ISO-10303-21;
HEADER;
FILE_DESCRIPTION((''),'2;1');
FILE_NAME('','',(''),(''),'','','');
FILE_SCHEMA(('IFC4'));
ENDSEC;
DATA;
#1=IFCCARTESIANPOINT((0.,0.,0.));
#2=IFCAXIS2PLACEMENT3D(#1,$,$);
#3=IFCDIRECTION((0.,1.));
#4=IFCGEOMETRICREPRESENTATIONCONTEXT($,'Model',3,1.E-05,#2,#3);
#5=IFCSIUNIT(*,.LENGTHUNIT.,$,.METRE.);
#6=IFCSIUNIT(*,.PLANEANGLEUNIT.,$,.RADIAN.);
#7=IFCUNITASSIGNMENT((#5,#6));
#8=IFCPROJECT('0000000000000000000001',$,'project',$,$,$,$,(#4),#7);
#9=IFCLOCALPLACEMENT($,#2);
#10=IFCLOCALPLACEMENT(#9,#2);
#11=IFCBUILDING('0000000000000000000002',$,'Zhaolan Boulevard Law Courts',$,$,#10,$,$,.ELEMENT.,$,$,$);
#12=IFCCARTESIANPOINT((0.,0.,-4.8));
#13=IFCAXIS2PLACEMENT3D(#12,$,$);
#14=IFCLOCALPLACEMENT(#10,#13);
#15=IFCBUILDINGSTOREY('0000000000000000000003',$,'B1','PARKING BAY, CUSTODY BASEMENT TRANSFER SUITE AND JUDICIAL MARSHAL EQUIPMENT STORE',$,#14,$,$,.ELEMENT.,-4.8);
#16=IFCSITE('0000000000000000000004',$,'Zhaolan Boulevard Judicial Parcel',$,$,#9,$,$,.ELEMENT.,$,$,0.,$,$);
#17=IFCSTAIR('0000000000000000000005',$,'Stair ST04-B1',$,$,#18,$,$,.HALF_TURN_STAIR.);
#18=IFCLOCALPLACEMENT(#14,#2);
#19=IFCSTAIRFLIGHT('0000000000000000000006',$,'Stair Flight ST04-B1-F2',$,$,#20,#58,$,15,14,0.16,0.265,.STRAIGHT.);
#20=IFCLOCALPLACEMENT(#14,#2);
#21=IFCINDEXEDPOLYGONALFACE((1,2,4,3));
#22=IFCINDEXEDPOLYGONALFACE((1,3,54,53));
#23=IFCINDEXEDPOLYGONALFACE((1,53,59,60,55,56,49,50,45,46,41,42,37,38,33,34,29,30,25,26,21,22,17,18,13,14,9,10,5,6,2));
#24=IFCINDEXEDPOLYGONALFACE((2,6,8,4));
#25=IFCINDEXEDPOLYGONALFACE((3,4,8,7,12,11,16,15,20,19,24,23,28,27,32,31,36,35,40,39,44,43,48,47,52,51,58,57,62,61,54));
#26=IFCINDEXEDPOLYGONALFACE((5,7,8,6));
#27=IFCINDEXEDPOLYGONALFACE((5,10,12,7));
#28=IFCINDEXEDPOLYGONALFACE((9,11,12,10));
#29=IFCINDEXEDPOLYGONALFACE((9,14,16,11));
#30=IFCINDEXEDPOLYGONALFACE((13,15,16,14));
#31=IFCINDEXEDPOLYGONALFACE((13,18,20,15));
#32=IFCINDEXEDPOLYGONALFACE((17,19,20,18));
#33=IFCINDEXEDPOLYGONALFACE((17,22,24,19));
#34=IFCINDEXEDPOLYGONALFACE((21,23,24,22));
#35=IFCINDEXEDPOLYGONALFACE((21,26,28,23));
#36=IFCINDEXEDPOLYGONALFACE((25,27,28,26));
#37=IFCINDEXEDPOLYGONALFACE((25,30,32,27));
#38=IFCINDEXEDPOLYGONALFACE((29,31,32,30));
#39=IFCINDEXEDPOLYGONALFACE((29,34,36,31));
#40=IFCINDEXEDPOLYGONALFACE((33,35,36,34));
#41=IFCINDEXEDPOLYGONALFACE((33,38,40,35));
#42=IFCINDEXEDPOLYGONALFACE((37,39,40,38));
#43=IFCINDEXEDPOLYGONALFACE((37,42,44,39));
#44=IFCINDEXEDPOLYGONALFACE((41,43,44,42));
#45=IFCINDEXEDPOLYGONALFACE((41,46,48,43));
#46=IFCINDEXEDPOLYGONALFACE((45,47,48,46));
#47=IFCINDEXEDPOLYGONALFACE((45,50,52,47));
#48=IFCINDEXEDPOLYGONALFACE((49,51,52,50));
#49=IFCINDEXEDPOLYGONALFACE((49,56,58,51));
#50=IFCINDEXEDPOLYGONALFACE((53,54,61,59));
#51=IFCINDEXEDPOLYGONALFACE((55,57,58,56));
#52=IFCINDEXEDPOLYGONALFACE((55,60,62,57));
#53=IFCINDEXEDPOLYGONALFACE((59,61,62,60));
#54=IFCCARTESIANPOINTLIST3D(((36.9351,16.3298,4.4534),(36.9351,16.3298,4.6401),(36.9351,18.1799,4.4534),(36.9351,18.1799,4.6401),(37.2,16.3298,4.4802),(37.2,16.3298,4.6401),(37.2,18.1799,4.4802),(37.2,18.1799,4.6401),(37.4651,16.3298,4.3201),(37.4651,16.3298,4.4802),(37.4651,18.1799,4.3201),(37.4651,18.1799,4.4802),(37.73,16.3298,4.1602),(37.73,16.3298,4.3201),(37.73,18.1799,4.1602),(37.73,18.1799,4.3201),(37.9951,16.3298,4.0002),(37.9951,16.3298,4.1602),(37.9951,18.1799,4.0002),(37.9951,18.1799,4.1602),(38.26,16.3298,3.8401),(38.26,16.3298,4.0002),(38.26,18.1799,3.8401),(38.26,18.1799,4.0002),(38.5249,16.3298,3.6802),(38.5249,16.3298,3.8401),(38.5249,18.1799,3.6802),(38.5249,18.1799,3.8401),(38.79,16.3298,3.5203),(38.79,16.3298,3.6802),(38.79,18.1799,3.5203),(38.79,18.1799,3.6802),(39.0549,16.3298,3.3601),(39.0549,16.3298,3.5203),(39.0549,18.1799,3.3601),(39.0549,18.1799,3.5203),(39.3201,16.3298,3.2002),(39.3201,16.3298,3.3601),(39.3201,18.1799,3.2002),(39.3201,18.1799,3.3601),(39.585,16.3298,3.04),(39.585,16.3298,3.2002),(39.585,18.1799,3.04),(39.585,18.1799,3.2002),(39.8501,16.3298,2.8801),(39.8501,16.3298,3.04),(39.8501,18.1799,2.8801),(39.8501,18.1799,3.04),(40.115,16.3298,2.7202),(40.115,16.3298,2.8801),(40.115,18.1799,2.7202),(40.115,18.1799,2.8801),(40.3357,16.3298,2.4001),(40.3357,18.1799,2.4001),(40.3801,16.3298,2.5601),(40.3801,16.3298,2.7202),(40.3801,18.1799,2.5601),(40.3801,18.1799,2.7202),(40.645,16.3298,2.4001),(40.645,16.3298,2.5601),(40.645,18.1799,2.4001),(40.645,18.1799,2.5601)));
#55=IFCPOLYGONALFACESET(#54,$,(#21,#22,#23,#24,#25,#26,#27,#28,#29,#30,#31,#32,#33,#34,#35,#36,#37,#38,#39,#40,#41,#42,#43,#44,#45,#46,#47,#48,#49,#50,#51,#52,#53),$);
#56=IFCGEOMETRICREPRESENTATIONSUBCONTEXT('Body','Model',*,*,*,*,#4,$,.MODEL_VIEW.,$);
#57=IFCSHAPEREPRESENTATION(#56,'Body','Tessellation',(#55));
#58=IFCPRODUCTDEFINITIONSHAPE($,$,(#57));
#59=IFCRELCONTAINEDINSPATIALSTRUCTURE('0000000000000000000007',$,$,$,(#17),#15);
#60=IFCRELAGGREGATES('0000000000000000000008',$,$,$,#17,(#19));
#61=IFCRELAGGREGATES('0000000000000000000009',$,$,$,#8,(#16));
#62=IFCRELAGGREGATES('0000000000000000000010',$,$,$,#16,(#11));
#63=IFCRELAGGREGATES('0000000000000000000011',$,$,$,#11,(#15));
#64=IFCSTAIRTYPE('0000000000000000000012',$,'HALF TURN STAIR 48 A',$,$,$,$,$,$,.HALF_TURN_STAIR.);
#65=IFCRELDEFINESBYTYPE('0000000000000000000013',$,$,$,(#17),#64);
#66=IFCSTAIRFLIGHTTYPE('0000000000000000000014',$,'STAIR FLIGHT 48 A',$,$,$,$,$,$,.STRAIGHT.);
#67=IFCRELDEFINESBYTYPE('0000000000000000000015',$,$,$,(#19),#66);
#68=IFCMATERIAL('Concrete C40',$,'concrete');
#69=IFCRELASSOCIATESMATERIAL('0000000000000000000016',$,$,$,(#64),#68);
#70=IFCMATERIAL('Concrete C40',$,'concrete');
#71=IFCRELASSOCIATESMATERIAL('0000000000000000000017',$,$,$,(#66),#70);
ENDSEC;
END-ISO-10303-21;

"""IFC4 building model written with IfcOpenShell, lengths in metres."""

from ifc_helpers import new_model, si_unit, direction, frame, origin, place, context, subcontext, project, spatial, polyline, outline, extrude, material, type_object, element, aggregate, save


model = new_model("IFC4")

# Units and contexts
model_context = context("Model", 3, precision=1e-05, world=origin(), true_north=direction((0.0, 1.0)))
body_context = subcontext(model_context, "Body", "Model", "MODEL_VIEW")
ifc_project = project(units=[si_unit("LENGTHUNIT", "METRE"), si_unit("PLANEANGLEUNIT", "RADIAN")], contexts=[model_context])

# Site, building, storey
site_placement = place(None, origin())
site = spatial("IfcSite", under=ifc_project, at=site_placement, Name="Zhaolan Boulevard Judicial Parcel", CompositionType="ELEMENT", RefElevation=0.0)
building_placement = place(site_placement, origin())
building = spatial("IfcBuilding", under=site, at=building_placement, Name="Zhaolan Boulevard Law Courts", CompositionType="ELEMENT")
storey_placement = place(building_placement, frame((0.0, 0.0, -4.8)))
storey = spatial("IfcBuildingStorey", under=building, at=storey_placement, Name="B1", Description="PARKING BAY, CUSTODY BASEMENT TRANSFER SUITE AND JUDICIAL MARSHAL EQUIPMENT STORE", CompositionType="ELEMENT", Elevation=-4.8)

# Stair, stair flight
ifc_material_1 = material(Name="Concrete C40", Category="concrete")
stair_type = type_object("IfcStairType", Name="HALF TURN STAIR 48 A", PredefinedType="HALF_TURN_STAIR", material=ifc_material_1)
stair_placement = place(storey_placement, origin())
stair = element("IfcStair", 1, at=stair_placement, inside=storey, type_object=stair_type, Name="Stair ST04-B1", PredefinedType="HALF_TURN_STAIR")
ifc_material_2 = material(Name="Concrete C40", Category="concrete")
stair_flight_type = type_object("IfcStairFlightType", Name="STAIR FLIGHT 48 A", PredefinedType="STRAIGHT", material=ifc_material_2)
stair_flight_placement = place(storey_placement, frame((40.645, 17.2549, 2.4001), z_axis=(0.0, 0.0, 1.0), x_axis=(-1.0, 0.0, 0.0)))
stair_flight = element("IfcStairFlight", 2, at=stair_flight_placement, type_object=stair_flight_type, Name="Stair Flight ST04-B1-F2", NumberOfRisers=15, NumberOfTreads=14, PredefinedType="STRAIGHT", RiserHeight=0.16, TreadLength=0.265, context=body_context, shape_type="SweptSolid", body=[
    extrude(outline(polyline([(0.0, 0.0), (0.0, 0.1599), (0.2649, 0.1599), (0.2649, 0.3201), (0.53, 0.3201), (0.53, 0.48), (0.7949, 0.48), (0.7949, 0.6399), (1.0601, 0.6399), (1.0601, 0.8), (1.325, 0.8), (1.325, 0.96), (1.5901, 0.96), (1.5901, 1.1201), (1.855, 1.1201), (1.855, 1.28), (2.1201, 1.28), (2.1201, 1.4399), (2.385, 1.4399), (2.385, 1.6001), (2.6499, 1.6001), (2.6499, 1.76), (2.915, 1.76), (2.915, 1.9199), (3.1799, 1.9199), (3.1799, 2.0801), (3.4451, 2.0801), (3.4451, 2.24), (3.71, 2.24), (3.71, 2.3999), (3.71, 2.0532), (0.3093, 0.0), (0.0, 0.0)])), frame((0.0, 0.925, 0.0), z_axis=(0.0, -1.0, 0.0), x_axis=(1.0, 0.0, 0.0)), (0.0, 0.0, 1.0), 1.8501),
])
aggregate(stair, [stair_flight])

save(model, "model.ifc")
